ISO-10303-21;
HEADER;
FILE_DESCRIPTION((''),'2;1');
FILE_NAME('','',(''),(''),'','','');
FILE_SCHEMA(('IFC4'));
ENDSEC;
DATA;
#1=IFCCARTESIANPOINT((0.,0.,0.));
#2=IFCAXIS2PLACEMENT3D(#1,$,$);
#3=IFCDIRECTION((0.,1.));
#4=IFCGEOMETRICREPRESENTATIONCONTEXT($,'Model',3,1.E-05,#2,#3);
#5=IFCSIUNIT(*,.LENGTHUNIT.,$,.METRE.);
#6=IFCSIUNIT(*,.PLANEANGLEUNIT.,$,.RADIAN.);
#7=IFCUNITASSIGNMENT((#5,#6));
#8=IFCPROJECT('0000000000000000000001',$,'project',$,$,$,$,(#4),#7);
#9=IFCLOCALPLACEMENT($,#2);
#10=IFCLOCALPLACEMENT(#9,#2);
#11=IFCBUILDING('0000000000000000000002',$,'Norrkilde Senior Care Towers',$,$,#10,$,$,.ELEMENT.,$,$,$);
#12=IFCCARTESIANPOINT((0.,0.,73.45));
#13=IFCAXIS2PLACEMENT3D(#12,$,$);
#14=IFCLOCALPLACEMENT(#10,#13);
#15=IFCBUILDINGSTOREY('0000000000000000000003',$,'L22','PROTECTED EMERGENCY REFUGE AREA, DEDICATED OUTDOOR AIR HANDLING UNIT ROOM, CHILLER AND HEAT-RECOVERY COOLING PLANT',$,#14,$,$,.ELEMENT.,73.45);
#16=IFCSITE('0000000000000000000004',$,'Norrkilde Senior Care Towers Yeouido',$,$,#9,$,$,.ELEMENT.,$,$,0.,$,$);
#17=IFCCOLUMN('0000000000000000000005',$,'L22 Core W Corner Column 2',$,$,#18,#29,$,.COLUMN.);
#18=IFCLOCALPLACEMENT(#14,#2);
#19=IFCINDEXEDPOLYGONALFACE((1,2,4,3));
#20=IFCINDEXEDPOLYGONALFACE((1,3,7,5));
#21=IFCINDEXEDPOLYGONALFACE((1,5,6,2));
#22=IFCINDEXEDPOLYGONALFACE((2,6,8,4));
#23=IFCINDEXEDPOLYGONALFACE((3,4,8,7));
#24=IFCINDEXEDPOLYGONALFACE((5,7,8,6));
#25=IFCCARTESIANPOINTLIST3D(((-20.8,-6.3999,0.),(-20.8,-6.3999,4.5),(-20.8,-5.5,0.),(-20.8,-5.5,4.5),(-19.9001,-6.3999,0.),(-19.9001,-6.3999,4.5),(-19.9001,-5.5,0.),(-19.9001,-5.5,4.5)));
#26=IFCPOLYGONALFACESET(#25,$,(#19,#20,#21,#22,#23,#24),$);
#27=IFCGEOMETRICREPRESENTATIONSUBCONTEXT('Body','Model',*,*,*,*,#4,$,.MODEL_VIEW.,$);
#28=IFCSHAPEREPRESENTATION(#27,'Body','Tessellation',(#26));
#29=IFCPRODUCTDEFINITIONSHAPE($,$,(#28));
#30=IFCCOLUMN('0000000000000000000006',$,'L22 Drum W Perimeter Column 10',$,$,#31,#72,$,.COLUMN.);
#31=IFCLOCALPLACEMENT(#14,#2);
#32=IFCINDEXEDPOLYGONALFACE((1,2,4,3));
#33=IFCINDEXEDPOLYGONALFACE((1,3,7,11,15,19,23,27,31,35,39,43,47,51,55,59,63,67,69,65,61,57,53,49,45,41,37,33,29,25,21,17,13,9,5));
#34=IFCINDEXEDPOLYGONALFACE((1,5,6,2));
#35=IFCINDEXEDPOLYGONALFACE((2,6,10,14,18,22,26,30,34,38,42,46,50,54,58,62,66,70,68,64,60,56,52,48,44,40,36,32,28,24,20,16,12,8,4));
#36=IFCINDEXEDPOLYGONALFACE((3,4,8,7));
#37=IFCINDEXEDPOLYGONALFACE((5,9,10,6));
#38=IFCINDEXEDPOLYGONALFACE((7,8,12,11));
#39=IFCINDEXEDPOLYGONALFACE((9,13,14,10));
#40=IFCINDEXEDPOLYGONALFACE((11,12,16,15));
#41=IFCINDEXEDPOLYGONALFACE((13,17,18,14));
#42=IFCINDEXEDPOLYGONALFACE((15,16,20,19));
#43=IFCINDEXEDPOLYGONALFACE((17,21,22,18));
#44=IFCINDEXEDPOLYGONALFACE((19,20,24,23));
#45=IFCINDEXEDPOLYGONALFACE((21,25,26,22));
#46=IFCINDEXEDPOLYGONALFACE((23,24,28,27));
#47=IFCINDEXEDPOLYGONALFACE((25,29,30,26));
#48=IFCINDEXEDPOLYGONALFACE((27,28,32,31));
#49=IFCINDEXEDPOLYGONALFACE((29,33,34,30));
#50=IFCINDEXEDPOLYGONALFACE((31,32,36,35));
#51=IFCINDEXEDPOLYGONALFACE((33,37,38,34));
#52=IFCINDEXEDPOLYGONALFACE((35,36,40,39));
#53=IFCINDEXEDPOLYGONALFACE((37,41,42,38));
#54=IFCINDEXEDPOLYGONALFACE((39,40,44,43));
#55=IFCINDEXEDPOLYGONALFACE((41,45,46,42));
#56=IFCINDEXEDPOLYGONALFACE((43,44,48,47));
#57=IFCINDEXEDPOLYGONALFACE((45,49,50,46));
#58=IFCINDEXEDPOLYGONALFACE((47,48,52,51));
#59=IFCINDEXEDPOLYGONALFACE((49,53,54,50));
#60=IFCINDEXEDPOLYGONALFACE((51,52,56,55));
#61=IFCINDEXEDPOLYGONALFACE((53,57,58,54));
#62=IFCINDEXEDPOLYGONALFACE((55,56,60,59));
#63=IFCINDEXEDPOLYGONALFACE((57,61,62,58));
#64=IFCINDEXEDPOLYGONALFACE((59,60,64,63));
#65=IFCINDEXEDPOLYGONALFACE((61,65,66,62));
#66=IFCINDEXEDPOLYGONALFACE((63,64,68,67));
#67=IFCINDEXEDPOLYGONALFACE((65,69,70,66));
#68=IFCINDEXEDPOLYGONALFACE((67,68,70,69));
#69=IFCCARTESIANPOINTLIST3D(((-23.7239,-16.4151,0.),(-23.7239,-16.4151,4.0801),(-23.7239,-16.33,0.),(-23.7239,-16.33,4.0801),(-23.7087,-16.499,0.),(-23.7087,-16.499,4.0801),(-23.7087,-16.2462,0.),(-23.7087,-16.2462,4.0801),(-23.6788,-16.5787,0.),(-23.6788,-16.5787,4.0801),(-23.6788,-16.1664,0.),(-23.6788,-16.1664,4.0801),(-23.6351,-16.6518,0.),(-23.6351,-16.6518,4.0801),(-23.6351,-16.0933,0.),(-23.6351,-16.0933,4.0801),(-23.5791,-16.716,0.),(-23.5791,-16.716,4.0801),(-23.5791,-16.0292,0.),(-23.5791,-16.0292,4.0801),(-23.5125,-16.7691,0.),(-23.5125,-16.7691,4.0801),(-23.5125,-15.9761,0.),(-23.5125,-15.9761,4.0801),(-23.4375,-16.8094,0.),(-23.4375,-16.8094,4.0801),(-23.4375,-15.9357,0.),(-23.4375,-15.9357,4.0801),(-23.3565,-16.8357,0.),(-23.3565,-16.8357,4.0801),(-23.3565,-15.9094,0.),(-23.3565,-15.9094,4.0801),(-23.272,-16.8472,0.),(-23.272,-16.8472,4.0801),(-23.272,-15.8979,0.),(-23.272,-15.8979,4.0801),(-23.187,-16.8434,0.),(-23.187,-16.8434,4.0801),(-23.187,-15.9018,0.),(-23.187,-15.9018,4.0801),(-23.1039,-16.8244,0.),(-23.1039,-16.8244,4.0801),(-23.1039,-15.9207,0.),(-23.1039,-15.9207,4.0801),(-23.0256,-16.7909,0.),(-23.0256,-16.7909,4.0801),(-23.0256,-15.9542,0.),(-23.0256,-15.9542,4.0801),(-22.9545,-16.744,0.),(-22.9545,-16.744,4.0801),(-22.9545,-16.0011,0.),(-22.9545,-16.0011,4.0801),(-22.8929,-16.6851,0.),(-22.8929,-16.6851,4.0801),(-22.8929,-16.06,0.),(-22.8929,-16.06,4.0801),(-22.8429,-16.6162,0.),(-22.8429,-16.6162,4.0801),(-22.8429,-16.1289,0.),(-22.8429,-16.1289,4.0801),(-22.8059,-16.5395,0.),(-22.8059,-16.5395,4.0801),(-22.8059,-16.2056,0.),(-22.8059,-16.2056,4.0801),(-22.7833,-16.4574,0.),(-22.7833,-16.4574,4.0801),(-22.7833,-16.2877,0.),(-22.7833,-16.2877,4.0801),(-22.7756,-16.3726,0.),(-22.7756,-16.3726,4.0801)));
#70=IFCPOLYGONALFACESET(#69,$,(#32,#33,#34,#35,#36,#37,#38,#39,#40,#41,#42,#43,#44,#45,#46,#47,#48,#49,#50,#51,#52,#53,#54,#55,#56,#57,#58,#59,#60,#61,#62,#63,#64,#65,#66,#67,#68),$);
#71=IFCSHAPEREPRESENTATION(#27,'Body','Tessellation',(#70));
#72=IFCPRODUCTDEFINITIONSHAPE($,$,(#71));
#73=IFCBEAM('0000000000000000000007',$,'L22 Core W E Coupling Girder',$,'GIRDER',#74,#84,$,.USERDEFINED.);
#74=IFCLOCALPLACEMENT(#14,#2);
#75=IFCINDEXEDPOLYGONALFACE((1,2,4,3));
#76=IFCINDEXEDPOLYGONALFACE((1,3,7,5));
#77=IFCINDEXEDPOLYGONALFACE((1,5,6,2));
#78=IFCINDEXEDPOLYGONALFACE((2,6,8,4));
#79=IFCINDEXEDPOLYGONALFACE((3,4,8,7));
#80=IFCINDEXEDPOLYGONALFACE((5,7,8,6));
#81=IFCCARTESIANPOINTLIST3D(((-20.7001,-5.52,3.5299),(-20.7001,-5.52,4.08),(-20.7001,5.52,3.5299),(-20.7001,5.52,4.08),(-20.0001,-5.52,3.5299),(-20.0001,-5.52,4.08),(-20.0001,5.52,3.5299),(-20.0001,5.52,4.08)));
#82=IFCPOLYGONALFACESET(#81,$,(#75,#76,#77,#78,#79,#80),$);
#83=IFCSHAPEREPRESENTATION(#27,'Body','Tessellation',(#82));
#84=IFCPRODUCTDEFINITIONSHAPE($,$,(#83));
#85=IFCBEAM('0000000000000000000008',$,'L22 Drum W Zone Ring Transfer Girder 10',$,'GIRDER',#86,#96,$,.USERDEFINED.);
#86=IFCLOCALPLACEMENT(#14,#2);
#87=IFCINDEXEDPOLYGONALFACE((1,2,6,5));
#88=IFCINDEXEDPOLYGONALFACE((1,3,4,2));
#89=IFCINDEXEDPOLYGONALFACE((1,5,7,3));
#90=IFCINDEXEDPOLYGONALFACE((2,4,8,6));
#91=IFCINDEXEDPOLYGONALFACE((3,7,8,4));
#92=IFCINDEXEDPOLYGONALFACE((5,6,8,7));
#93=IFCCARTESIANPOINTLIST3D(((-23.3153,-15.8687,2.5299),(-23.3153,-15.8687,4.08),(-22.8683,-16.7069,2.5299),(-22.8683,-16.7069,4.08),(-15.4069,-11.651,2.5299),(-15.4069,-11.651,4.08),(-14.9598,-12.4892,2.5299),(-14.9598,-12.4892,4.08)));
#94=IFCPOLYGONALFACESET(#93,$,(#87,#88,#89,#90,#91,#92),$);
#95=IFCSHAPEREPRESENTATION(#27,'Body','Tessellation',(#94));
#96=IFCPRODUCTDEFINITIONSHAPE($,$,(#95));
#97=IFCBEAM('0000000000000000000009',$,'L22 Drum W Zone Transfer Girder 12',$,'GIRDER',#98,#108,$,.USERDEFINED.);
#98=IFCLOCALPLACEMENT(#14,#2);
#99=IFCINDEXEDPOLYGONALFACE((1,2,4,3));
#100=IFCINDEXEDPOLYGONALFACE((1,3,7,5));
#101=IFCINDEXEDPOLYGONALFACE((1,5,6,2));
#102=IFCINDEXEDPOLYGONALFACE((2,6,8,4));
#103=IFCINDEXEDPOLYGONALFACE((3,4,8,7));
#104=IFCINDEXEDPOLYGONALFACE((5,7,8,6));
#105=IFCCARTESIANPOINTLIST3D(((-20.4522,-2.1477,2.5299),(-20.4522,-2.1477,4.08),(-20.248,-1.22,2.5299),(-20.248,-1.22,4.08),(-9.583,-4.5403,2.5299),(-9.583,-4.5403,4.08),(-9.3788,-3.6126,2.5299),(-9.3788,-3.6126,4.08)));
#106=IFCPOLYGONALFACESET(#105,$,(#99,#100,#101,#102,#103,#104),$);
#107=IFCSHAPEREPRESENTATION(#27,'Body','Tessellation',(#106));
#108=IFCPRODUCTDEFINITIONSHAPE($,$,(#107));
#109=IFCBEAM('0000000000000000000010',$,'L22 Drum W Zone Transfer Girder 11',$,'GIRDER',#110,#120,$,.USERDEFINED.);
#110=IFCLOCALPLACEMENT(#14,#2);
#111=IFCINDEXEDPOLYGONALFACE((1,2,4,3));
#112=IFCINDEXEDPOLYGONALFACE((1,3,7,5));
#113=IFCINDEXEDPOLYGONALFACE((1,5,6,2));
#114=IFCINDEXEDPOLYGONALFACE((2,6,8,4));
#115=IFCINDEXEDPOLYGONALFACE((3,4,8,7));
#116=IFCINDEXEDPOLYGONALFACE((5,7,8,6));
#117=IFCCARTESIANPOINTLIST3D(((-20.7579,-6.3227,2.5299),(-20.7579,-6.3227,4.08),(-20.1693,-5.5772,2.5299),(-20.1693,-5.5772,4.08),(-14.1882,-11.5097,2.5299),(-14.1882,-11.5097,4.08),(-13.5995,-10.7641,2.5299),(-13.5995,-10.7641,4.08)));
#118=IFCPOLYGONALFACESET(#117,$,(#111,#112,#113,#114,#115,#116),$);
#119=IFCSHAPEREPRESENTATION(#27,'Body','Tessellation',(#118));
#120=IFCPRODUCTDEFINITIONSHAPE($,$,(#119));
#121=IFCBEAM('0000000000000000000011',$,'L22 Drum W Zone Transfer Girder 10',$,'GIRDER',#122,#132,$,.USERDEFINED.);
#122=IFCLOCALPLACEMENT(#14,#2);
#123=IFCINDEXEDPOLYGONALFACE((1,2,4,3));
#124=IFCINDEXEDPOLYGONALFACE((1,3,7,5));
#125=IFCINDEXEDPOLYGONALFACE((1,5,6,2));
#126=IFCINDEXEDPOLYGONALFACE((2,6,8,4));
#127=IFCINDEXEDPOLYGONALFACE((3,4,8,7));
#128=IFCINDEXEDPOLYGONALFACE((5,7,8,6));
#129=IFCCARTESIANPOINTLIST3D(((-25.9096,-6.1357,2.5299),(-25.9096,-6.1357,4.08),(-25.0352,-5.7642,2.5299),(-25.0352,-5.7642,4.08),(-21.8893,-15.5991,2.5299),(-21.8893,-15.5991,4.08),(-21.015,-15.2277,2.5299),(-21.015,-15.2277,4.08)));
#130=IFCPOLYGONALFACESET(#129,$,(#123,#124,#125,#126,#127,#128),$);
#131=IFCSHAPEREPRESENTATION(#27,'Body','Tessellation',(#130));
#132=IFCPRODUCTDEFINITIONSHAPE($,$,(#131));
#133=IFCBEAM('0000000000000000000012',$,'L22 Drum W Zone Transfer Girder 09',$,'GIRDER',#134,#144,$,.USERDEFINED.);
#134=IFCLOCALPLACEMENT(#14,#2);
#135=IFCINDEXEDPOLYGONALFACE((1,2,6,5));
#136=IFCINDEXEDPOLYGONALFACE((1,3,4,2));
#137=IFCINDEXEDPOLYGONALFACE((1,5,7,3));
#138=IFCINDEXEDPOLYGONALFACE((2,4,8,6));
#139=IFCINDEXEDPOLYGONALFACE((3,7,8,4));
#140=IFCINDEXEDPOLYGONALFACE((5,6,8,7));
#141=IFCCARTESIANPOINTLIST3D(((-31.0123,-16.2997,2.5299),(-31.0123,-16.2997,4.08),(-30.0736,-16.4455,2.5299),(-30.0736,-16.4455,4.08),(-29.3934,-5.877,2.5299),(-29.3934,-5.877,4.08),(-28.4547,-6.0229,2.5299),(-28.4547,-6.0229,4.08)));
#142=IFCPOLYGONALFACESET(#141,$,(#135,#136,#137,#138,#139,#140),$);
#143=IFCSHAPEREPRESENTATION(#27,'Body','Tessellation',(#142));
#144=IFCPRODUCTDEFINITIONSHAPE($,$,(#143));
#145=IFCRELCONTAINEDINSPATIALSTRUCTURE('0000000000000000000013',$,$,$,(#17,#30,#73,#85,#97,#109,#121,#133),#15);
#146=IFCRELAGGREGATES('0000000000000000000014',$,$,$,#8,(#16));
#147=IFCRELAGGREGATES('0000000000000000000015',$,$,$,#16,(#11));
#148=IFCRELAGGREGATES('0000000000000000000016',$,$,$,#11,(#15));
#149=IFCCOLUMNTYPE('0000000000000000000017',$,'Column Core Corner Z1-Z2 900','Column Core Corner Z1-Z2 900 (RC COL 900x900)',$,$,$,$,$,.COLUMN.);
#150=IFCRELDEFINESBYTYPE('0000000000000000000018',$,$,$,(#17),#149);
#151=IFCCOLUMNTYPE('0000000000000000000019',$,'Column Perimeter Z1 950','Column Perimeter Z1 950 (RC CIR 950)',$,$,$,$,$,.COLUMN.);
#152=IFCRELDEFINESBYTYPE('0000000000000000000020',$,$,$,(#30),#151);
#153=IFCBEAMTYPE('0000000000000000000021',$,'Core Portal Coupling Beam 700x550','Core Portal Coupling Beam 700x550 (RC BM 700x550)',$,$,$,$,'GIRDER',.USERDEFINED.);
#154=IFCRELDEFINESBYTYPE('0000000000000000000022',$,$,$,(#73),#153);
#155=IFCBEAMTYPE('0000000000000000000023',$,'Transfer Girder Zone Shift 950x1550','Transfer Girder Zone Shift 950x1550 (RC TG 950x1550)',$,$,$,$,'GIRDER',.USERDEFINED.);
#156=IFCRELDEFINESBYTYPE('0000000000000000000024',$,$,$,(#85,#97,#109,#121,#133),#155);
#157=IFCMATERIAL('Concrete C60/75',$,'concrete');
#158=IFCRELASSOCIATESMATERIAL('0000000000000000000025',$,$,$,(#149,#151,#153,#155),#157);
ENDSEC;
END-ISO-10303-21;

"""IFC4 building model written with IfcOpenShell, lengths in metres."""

from ifc_helpers import new_model, si_unit, direction, frame, origin, origin_2d, place, context, subcontext, project, spatial, rectangle, circle, extrude, source, transform, mapped, material, material_profile, profile_set, type_object, type_shapes, element, save


model = new_model("IFC4")

# Units and contexts
model_context = context("Model", 3, precision=1e-05, world=origin(), true_north=direction((0.0, 1.0)))
body_context = subcontext(model_context, "Body", "Model", "MODEL_VIEW")
ifc_project = project(units=[si_unit("LENGTHUNIT", "METRE"), si_unit("PLANEANGLEUNIT", "RADIAN")], contexts=[model_context])

# Site, building, storey
site_placement = place(None, origin())
site = spatial("IfcSite", under=ifc_project, at=site_placement, Name="Norrkilde Senior Care Towers Yeouido", CompositionType="ELEMENT", RefElevation=0.0)
building_placement = place(site_placement, origin())
building = spatial("IfcBuilding", under=site, at=building_placement, Name="Norrkilde Senior Care Towers", CompositionType="ELEMENT")
storey_placement = place(building_placement, frame((0.0, 0.0, 73.45)))
storey = spatial("IfcBuildingStorey", under=building, at=storey_placement, Name="L22", Description="PROTECTED EMERGENCY REFUGE AREA, DEDICATED OUTDOOR AIR HANDLING UNIT ROOM, CHILLER AND HEAT-RECOVERY COOLING PLANT", CompositionType="ELEMENT", Elevation=73.45)

# Columns
ifc_material_1 = material(Name="Concrete C60/75", Category="concrete")
ifc_material_profile_1 = material_profile(ifc_material_1, rectangle(XDim=0.8999, YDim=0.8999, at=origin_2d()), Name="RC COL 900x900")
ifc_profile_set_1 = profile_set([ifc_material_profile_1], Name="Concrete C60/75")
column_type_1 = type_object("IfcColumnType", Name="Column Core Corner Z1-Z2 900", Description="Column Core Corner Z1-Z2 900 (RC COL 900x900)", PredefinedType="COLUMN", material=ifc_profile_set_1)
shared_shape_1 = source(origin(), body_context, "Body", "SweptSolid", [
    extrude(rectangle(XDim=0.8999, YDim=0.8999, at=origin_2d()), origin(), (0.0, 0.0, 1.0), 4.5),
])
type_shapes(column_type_1, [shared_shape_1])
column_1_placement = place(storey_placement, frame((-20.3501, -5.95, 0.0), z_axis=(0.0, 0.0, 1.0), x_axis=(1.0, 0.0, 0.0)))
element("IfcColumn", 1, at=column_1_placement, inside=storey, type_object=column_type_1, Name="L22 Core W Corner Column 2", PredefinedType="COLUMN", context=body_context, shape_type="MappedRepresentation", body=[
    mapped(shared_shape_1, transform((0.0, 0.0, 0.0), x_axis=(1.0, 0.0, 0.0), y_axis=(0.0, 1.0, 0.0), z_axis=(0.0, 0.0, 1.0), scale=1.0)),
])
ifc_material_profile_2 = material_profile(ifc_material_1, circle(Radius=0.4751, at=origin_2d()), Name="RC CIR 950")
ifc_profile_set_2 = profile_set([ifc_material_profile_2], Name="Concrete C60/75")
column_type_2 = type_object("IfcColumnType", Name="Column Perimeter Z1 950", Description="Column Perimeter Z1 950 (RC CIR 950)", PredefinedType="COLUMN", material=ifc_profile_set_2)
shared_shape_2 = source(origin(), body_context, "Body", "SweptSolid", [
    extrude(circle(Radius=0.4751, at=origin_2d()), origin(), (0.0, 0.0, 1.0), 4.0801),
])
type_shapes(column_type_2, [shared_shape_2])
column_2_placement = place(storey_placement, frame((-23.2507, -16.3726, 0.0), z_axis=(0.0, 0.0, 1.0), x_axis=(1.0, 0.0, 0.0)))
element("IfcColumn", 2, at=column_2_placement, inside=storey, type_object=column_type_2, Name="L22 Drum W Perimeter Column 10", PredefinedType="COLUMN", context=body_context, shape_type="MappedRepresentation", body=[
    mapped(shared_shape_2, transform((0.0, 0.0, 0.0), x_axis=(1.0, 0.0, 0.0), y_axis=(0.0, 1.0, 0.0), z_axis=(0.0, 0.0, 1.0), scale=1.0)),
])

# Beams
ifc_material_profile_3 = material_profile(ifc_material_1, rectangle(XDim=0.7, YDim=0.55, at=origin_2d()), Name="RC BM 700x550")
ifc_profile_set_3 = profile_set([ifc_material_profile_3], Name="Concrete C60/75")
beam_type_1 = type_object("IfcBeamType", Name="Core Portal Coupling Beam 700x550", Description="Core Portal Coupling Beam 700x550 (RC BM 700x550)", ElementType="GIRDER", PredefinedType="USERDEFINED", material=ifc_profile_set_3)
shared_shape_3 = source(origin(), body_context, "Body", "SweptSolid", [
    extrude(rectangle(XDim=0.7, YDim=0.55, at=origin_2d()), origin(), (0.0, 0.0, 1.0), 11.04),
])
type_shapes(beam_type_1, [shared_shape_3])
beam_1_placement = place(storey_placement, frame((-20.3501, -5.52, 3.8049), z_axis=(0.0, 1.0, 0.0), x_axis=(-1.0, 0.0, 0.0)))
element("IfcBeam", 3, at=beam_1_placement, inside=storey, type_object=beam_type_1, Name="L22 Core W E Coupling Girder", ObjectType="GIRDER", PredefinedType="USERDEFINED", context=body_context, shape_type="MappedRepresentation", body=[
    mapped(shared_shape_3, transform((0.0, 0.0, 0.0), x_axis=(1.0, 0.0, 0.0), y_axis=(0.0, 1.0, 0.0), z_axis=(0.0, 0.0, 1.0), scale=1.0)),
])
ifc_material_profile_4 = material_profile(ifc_material_1, rectangle(XDim=0.95, YDim=1.55, at=origin_2d()), Name="RC TG 950x1550")
ifc_profile_set_4 = profile_set([ifc_material_profile_4], Name="Concrete C60/75")
beam_type_2 = type_object("IfcBeamType", Name="Transfer Girder Zone Shift 950x1550", Description="Transfer Girder Zone Shift 950x1550 (RC TG 950x1550)", ElementType="GIRDER", PredefinedType="USERDEFINED", material=ifc_profile_set_4)
shared_shape_4 = source(origin(), body_context, "Body", "SweptSolid", [
    extrude(rectangle(XDim=0.95, YDim=1.55, at=origin_2d()), origin(), (0.0, 0.0, 1.0), 8.9629),
])
beam_2_placement = place(storey_placement, frame((-23.0918, -16.2878, 3.3049), z_axis=(0.882356, 0.470583, 0.0), x_axis=(-0.470583, 0.882356, 0.0)))
element("IfcBeam", 4, at=beam_2_placement, inside=storey, type_object=beam_type_2, Name="L22 Drum W Zone Ring Transfer Girder 10", ObjectType="GIRDER", PredefinedType="USERDEFINED", context=body_context, shape_type="MappedRepresentation", body=[
    mapped(shared_shape_4, transform((0.0, 0.0, 0.0), x_axis=(1.0, 0.0, 0.0), y_axis=(0.0, 1.0, 0.0), z_axis=(0.0, 0.0, 1.0), scale=1.0)),
])
shared_shape_5 = source(origin(), body_context, "Body", "SweptSolid", [
    extrude(rectangle(XDim=0.95, YDim=1.55, at=origin_2d()), origin(), (0.0, 0.0, 1.0), 11.1294),
])
beam_3_placement = place(storey_placement, frame((-20.3501, -1.6838, 3.3049), z_axis=(0.976619, -0.214979, 0.0), x_axis=(0.214979, 0.976619, 0.0)))
element("IfcBeam", 5, at=beam_3_placement, inside=storey, type_object=beam_type_2, Name="L22 Drum W Zone Transfer Girder 12", ObjectType="GIRDER", PredefinedType="USERDEFINED", context=body_context, shape_type="MappedRepresentation", body=[
    mapped(shared_shape_5, transform((0.0, 0.0, 0.0), x_axis=(1.0, 0.0, 0.0), y_axis=(0.0, 1.0, 0.0), z_axis=(0.0, 0.0, 1.0), scale=1.0)),
])
shared_shape_6 = source(origin(), body_context, "Body", "SweptSolid", [
    extrude(rectangle(XDim=0.95, YDim=1.55, at=origin_2d()), origin(), (0.0, 0.0, 1.0), 8.3706),
])
beam_4_placement = place(storey_placement, frame((-20.4636, -5.95, 3.3049), z_axis=(0.784865, -0.619667, 0.0), x_axis=(0.619667, 0.784865, 0.0)))
element("IfcBeam", 6, at=beam_4_placement, inside=storey, type_object=beam_type_2, Name="L22 Drum W Zone Transfer Girder 11", ObjectType="GIRDER", PredefinedType="USERDEFINED", context=body_context, shape_type="MappedRepresentation", body=[
    mapped(shared_shape_6, transform((0.0, 0.0, 0.0), x_axis=(1.0, 0.0, 0.0), y_axis=(0.0, 1.0, 0.0), z_axis=(0.0, 0.0, 1.0), scale=1.0)),
])
shared_shape_7 = source(origin(), body_context, "Body", "SweptSolid", [
    extrude(rectangle(XDim=0.95, YDim=1.55, at=origin_2d()), origin(), (0.0, 0.0, 1.0), 10.282),
])
beam_5_placement = place(storey_placement, frame((-25.4724, -5.95, 3.3049), z_axis=(0.391003, -0.920389, 0.0), x_axis=(0.920389, 0.391003, 0.0)))
element("IfcBeam", 7, at=beam_5_placement, inside=storey, type_object=beam_type_2, Name="L22 Drum W Zone Transfer Girder 10", ObjectType="GIRDER", PredefinedType="USERDEFINED", context=body_context, shape_type="MappedRepresentation", body=[
    mapped(shared_shape_7, transform((0.0, 0.0, 0.0), x_axis=(1.0, 0.0, 0.0), y_axis=(0.0, 1.0, 0.0), z_axis=(0.0, 0.0, 1.0), scale=1.0)),
])
shared_shape_8 = source(origin(), body_context, "Body", "SweptSolid", [
    extrude(rectangle(XDim=0.95, YDim=1.55, at=origin_2d()), origin(), (0.0, 0.0, 1.0), 10.5476),
])
type_shapes(beam_type_2, [shared_shape_4, shared_shape_5, shared_shape_6, shared_shape_7, shared_shape_8])
beam_6_placement = place(storey_placement, frame((-28.9241, -5.95, 3.3049), z_axis=(-0.153485, -0.988151, 0.0), x_axis=(0.988151, -0.153485, 0.0)))
element("IfcBeam", 8, at=beam_6_placement, inside=storey, type_object=beam_type_2, Name="L22 Drum W Zone Transfer Girder 09", ObjectType="GIRDER", PredefinedType="USERDEFINED", context=body_context, shape_type="MappedRepresentation", body=[
    mapped(shared_shape_8, transform((0.0, 0.0, 0.0), x_axis=(1.0, 0.0, 0.0), y_axis=(0.0, 1.0, 0.0), z_axis=(0.0, 0.0, 1.0), scale=1.0)),
])

save(model, "model.ifc")
